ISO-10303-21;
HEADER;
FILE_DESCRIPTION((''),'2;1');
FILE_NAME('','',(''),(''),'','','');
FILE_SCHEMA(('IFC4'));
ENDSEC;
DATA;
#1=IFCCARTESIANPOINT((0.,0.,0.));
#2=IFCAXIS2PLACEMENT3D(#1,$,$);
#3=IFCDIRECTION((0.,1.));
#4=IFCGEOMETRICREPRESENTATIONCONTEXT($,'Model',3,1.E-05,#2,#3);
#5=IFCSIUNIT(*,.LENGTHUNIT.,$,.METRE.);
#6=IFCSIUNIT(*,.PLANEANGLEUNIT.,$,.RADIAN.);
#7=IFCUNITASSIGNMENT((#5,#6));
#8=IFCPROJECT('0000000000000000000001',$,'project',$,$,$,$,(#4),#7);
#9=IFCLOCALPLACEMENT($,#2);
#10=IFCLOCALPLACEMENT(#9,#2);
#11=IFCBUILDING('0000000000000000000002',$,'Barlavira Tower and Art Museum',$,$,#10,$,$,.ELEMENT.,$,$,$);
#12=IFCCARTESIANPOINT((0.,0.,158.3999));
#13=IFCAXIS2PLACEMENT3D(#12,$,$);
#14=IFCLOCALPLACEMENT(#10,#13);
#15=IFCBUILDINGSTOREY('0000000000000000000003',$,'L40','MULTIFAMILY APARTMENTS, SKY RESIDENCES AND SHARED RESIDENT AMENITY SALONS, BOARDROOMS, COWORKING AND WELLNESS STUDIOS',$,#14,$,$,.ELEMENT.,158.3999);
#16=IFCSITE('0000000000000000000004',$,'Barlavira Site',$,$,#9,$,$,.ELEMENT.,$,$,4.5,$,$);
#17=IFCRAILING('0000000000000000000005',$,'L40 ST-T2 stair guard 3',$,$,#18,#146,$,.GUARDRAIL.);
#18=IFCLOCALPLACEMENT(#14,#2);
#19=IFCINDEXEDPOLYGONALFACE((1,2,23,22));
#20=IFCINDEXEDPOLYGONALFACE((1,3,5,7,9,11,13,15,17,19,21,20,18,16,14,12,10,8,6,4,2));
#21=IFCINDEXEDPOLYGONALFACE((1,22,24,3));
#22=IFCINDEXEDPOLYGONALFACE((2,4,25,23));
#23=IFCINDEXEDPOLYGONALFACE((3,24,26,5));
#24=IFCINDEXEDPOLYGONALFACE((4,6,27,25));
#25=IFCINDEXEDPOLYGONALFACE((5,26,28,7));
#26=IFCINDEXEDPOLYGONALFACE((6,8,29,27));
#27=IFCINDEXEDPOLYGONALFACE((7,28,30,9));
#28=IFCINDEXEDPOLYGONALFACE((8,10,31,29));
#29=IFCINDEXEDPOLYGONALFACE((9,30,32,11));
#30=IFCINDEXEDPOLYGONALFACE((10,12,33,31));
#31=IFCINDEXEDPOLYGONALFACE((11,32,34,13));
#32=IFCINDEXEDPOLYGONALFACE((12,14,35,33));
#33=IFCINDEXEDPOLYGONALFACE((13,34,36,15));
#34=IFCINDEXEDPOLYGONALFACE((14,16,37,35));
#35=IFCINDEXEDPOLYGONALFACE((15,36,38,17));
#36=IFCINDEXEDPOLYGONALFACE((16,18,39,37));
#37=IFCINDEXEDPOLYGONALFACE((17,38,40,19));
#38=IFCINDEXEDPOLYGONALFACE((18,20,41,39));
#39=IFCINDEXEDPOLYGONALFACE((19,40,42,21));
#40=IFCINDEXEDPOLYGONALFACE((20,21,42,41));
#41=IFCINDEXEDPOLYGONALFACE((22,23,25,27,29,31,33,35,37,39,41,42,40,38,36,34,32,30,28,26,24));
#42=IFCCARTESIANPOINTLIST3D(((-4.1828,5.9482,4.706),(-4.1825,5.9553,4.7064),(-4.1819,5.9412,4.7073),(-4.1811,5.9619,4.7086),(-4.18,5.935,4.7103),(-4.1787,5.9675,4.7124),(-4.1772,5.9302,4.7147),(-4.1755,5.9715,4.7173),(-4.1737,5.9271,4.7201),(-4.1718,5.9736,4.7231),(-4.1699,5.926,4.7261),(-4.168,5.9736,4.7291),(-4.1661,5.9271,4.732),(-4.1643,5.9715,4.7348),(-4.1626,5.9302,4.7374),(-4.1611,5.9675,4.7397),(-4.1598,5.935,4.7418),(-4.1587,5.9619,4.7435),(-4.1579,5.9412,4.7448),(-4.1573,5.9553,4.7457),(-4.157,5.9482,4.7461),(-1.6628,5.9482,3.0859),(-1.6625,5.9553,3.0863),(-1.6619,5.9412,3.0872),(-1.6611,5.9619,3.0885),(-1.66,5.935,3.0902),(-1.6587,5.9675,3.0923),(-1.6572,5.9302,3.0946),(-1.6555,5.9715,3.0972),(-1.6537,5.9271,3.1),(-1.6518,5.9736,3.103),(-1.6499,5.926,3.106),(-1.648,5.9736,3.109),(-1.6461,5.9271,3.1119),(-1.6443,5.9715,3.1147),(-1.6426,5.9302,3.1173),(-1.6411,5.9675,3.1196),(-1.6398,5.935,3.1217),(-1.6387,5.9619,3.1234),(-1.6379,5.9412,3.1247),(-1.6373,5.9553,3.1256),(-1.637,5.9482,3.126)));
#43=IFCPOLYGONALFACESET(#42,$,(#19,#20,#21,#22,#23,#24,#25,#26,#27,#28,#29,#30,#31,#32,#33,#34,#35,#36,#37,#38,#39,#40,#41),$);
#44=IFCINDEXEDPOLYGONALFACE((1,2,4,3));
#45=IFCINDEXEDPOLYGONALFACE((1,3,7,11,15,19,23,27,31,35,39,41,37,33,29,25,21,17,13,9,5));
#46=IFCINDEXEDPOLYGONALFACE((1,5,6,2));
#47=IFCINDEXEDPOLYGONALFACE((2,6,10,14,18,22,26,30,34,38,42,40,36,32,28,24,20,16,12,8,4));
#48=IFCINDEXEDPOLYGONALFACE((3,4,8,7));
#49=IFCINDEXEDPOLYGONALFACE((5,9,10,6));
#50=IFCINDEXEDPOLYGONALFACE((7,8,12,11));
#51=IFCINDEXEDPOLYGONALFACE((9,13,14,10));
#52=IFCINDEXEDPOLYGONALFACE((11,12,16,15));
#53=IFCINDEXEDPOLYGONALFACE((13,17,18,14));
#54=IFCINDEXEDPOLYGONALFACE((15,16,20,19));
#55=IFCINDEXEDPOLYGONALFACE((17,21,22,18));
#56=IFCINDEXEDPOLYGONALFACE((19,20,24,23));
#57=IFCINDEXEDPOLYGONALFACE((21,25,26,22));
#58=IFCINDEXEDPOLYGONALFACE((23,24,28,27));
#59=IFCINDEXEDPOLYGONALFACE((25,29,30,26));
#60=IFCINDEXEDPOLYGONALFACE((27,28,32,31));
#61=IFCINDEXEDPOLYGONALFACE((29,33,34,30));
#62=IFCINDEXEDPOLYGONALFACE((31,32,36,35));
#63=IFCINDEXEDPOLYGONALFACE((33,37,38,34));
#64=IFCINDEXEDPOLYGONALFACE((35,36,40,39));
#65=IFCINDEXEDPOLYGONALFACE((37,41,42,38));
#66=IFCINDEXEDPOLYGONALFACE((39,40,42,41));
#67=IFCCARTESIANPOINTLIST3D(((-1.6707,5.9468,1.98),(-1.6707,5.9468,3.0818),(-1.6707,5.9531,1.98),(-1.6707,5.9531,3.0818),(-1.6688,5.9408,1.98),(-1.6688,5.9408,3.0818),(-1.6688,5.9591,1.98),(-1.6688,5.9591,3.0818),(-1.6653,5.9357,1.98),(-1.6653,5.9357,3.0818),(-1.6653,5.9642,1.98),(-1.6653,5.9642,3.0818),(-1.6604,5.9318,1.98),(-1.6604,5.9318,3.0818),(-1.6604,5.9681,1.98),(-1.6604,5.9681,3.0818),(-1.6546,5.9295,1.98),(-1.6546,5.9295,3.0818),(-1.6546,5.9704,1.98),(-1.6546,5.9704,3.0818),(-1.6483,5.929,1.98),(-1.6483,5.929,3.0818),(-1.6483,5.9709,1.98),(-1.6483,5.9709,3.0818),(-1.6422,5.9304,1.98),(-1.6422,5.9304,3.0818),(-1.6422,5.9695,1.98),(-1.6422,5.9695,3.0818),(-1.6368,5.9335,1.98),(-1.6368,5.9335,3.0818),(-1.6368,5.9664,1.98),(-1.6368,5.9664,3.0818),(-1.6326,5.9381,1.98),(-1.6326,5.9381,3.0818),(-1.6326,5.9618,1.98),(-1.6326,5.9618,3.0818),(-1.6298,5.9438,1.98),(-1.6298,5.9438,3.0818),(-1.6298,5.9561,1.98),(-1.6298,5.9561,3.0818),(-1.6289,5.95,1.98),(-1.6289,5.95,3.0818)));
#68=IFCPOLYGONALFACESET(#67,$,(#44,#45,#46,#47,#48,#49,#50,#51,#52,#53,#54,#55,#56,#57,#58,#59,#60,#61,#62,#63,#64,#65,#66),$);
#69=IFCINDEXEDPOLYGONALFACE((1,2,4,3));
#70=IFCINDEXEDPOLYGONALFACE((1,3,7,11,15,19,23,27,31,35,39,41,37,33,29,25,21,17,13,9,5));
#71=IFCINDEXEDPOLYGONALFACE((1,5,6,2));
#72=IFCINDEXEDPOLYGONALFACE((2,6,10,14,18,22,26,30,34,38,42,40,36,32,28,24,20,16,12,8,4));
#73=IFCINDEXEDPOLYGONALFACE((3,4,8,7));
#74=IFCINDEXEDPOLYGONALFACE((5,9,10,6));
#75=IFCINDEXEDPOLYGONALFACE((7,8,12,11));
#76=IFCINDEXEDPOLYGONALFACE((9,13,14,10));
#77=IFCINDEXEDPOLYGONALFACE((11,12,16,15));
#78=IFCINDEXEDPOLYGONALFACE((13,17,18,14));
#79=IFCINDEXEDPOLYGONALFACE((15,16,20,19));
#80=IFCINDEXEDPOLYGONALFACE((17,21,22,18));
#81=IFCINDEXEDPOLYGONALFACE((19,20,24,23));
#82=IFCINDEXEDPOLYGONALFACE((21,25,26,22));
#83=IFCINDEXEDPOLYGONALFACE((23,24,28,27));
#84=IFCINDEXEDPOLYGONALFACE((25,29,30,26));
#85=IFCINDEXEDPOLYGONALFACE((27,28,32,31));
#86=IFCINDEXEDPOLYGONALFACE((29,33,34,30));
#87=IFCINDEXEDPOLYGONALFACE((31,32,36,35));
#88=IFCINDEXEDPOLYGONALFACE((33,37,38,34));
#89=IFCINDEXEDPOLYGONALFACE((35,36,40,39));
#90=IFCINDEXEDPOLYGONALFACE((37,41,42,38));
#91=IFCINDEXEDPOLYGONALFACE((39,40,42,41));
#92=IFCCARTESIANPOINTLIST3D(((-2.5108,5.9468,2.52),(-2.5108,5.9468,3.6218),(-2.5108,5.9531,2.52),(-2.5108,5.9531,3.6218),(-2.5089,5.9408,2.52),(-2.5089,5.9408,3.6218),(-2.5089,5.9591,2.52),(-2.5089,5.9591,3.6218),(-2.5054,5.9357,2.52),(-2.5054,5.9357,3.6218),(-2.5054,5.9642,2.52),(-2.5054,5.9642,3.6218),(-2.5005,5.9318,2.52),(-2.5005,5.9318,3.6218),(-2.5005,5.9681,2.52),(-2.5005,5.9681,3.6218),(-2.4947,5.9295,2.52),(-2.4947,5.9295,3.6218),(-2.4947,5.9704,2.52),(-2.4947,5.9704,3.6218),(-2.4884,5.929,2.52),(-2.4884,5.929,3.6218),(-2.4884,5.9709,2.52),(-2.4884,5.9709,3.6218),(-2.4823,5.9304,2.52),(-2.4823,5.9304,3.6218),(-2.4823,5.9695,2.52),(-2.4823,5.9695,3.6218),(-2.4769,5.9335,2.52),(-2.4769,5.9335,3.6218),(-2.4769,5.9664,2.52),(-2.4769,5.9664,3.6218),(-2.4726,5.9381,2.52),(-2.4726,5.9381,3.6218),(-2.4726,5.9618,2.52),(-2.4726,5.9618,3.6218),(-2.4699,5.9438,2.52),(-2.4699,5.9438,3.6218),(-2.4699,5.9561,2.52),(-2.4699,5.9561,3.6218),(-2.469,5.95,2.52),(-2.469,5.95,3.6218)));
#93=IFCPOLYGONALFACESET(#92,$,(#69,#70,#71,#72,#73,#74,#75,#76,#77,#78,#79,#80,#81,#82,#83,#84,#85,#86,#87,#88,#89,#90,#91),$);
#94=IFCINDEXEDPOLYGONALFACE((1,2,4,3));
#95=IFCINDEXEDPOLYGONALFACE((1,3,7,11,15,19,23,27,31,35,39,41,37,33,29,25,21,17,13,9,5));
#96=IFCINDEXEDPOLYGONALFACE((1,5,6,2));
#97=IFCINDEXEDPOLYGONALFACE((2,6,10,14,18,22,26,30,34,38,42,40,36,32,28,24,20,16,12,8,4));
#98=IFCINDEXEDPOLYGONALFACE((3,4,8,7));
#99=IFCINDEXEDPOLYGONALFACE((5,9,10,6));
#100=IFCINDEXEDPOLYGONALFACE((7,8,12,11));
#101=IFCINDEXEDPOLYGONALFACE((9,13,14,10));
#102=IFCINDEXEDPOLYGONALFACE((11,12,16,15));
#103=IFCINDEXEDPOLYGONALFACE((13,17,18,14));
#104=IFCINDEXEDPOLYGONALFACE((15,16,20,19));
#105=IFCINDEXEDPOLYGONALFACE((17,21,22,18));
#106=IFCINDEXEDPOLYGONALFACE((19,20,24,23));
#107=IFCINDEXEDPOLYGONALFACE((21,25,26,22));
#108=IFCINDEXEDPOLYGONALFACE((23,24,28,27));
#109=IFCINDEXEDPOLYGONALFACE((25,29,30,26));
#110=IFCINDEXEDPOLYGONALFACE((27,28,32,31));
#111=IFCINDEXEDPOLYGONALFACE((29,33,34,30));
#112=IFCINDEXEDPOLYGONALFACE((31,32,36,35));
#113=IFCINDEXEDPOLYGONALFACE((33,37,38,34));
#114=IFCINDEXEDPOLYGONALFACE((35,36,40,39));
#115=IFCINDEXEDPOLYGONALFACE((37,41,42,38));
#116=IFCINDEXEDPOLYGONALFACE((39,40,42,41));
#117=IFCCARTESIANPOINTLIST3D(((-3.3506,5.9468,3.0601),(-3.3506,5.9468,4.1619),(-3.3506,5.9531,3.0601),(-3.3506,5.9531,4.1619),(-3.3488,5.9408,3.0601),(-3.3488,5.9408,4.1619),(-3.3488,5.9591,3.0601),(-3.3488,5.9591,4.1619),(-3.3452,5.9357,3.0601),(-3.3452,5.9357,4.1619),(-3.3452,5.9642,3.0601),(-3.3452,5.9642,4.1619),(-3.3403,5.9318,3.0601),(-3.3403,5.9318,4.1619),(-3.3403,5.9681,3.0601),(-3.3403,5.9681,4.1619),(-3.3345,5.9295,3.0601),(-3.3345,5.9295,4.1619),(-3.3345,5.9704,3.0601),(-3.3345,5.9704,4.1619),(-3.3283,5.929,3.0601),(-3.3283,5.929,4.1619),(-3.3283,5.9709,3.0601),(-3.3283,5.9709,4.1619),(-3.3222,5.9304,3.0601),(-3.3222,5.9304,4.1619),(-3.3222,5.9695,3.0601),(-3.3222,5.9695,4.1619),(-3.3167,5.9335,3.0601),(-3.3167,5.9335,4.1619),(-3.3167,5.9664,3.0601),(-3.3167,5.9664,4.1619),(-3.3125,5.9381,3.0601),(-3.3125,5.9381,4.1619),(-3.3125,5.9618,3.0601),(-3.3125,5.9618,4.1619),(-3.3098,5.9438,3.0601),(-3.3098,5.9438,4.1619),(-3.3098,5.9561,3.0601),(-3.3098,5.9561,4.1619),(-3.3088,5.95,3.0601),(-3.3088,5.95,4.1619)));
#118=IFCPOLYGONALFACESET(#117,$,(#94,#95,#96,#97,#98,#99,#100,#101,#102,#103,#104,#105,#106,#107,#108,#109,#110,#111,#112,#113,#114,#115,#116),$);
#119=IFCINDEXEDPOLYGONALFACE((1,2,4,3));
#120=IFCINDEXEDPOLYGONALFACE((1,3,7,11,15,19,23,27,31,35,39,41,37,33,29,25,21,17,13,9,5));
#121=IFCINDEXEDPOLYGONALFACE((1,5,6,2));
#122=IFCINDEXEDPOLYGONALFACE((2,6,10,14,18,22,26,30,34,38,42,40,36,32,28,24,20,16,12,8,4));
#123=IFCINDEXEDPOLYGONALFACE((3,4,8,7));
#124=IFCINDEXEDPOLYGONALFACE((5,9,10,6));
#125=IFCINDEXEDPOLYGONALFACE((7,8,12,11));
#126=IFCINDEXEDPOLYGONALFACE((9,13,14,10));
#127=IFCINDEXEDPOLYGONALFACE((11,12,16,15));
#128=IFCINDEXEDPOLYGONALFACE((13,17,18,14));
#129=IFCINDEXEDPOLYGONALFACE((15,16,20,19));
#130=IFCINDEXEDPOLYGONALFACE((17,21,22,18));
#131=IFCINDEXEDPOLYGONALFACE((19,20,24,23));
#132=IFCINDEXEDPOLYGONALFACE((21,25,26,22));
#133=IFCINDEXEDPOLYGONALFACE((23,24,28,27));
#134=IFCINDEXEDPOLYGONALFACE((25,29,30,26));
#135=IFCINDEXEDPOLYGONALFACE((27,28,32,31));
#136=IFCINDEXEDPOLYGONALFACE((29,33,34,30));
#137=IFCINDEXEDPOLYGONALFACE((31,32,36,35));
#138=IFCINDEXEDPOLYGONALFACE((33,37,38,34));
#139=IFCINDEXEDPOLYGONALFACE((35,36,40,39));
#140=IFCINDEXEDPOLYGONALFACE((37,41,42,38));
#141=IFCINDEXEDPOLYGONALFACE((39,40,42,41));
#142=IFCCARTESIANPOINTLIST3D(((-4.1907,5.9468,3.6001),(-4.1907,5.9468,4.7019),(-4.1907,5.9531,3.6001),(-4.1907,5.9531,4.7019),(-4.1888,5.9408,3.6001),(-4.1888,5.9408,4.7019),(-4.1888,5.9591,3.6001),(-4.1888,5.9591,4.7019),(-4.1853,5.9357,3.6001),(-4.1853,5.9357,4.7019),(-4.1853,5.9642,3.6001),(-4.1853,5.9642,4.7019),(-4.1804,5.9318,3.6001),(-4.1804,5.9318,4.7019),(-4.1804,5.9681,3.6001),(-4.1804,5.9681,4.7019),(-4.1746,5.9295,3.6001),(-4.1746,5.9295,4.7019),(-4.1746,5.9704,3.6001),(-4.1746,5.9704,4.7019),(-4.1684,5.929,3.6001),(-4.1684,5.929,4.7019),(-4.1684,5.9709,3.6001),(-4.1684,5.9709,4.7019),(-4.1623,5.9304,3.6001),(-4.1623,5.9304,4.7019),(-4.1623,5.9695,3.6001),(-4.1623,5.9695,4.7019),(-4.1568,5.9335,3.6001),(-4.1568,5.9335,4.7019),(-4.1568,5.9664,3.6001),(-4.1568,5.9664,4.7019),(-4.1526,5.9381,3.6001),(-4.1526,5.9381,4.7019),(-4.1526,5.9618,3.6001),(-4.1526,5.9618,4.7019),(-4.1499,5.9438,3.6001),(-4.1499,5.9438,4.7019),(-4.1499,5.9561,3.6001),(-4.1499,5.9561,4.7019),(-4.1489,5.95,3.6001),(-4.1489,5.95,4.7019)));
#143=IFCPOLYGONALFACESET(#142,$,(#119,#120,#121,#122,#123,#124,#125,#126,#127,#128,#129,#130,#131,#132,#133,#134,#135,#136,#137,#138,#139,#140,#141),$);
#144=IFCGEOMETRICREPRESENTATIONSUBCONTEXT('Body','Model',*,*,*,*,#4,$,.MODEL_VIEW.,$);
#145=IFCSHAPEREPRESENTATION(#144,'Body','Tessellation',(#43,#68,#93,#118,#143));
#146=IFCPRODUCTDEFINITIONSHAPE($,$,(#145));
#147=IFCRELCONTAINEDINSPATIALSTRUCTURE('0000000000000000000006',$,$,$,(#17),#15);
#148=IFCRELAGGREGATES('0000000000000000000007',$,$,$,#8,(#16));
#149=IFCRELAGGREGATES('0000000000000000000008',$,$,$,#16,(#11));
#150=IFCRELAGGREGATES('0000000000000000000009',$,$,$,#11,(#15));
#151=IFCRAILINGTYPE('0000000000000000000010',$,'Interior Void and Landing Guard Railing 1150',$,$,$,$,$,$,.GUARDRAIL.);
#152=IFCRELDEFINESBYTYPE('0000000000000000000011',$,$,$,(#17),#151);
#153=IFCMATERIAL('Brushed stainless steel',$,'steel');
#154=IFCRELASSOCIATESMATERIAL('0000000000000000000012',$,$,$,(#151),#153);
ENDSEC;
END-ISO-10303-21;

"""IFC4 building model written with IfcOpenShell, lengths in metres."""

from ifc_helpers import new_model, si_unit, direction, frame, origin, origin_2d, place, context, subcontext, project, spatial, circle, extrude, material, type_object, element, save


model = new_model("IFC4")

# Units and contexts
model_context = context("Model", 3, precision=1e-05, world=origin(), true_north=direction((0.0, 1.0)))
body_context = subcontext(model_context, "Body", "Model", "MODEL_VIEW")
ifc_project = project(units=[si_unit("LENGTHUNIT", "METRE"), si_unit("PLANEANGLEUNIT", "RADIAN")], contexts=[model_context])

# Site, building, storey
site_placement = place(None, origin())
site = spatial("IfcSite", under=ifc_project, at=site_placement, Name="Barlavira Site", CompositionType="ELEMENT", RefElevation=4.5)
building_placement = place(site_placement, origin())
building = spatial("IfcBuilding", under=site, at=building_placement, Name="Barlavira Tower and Art Museum", CompositionType="ELEMENT")
storey_placement = place(building_placement, frame((0.0, 0.0, 158.3999)))
storey = spatial("IfcBuildingStorey", under=building, at=storey_placement, Name="L40", Description="MULTIFAMILY APARTMENTS, SKY RESIDENCES AND SHARED RESIDENT AMENITY SALONS, BOARDROOMS, COWORKING AND WELLNESS STUDIOS", CompositionType="ELEMENT", Elevation=158.3999)

# Shared definitions
ifc_material_1 = material(Name="Brushed stainless steel", Category="steel")

# Railing
railing_type_1 = type_object("IfcRailingType", Name="Interior Void and Landing Guard Railing 1150", PredefinedType="GUARDRAIL", material=ifc_material_1)
railing_1_placement = place(storey_placement, frame((-1.6499, 5.95, 1.98)))
element("IfcRailing", 1, at=railing_1_placement, inside=storey, type_object=railing_type_1, Name="L40 ST-T2 stair guard 3", PredefinedType="GUARDRAIL", context=body_context, shape_type="SweptSolid", body=[
    extrude(circle(Radius=0.0239, at=origin_2d()), frame((0.0, 0.0, 1.126), z_axis=(-0.841163, 0.0, 0.540782), x_axis=(0.0, -1.0, 0.0)), (0.0, 0.0, 1.0), 2.9958),
    extrude(circle(Radius=0.021, at=origin_2d()), origin(), (0.0, 0.0, 1.0), 1.1018),
    extrude(circle(Radius=0.021, at=origin_2d()), frame((-0.8401, 0.0, 0.54)), (0.0, 0.0, 1.0), 1.1018),
    extrude(circle(Radius=0.021, at=origin_2d()), frame((-1.6799, 0.0, 1.0801)), (0.0, 0.0, 1.0), 1.1018),
    extrude(circle(Radius=0.021, at=origin_2d()), frame((-2.52, 0.0, 1.6201)), (0.0, 0.0, 1.0), 1.1018),
])

save(model, "model.ifc")
